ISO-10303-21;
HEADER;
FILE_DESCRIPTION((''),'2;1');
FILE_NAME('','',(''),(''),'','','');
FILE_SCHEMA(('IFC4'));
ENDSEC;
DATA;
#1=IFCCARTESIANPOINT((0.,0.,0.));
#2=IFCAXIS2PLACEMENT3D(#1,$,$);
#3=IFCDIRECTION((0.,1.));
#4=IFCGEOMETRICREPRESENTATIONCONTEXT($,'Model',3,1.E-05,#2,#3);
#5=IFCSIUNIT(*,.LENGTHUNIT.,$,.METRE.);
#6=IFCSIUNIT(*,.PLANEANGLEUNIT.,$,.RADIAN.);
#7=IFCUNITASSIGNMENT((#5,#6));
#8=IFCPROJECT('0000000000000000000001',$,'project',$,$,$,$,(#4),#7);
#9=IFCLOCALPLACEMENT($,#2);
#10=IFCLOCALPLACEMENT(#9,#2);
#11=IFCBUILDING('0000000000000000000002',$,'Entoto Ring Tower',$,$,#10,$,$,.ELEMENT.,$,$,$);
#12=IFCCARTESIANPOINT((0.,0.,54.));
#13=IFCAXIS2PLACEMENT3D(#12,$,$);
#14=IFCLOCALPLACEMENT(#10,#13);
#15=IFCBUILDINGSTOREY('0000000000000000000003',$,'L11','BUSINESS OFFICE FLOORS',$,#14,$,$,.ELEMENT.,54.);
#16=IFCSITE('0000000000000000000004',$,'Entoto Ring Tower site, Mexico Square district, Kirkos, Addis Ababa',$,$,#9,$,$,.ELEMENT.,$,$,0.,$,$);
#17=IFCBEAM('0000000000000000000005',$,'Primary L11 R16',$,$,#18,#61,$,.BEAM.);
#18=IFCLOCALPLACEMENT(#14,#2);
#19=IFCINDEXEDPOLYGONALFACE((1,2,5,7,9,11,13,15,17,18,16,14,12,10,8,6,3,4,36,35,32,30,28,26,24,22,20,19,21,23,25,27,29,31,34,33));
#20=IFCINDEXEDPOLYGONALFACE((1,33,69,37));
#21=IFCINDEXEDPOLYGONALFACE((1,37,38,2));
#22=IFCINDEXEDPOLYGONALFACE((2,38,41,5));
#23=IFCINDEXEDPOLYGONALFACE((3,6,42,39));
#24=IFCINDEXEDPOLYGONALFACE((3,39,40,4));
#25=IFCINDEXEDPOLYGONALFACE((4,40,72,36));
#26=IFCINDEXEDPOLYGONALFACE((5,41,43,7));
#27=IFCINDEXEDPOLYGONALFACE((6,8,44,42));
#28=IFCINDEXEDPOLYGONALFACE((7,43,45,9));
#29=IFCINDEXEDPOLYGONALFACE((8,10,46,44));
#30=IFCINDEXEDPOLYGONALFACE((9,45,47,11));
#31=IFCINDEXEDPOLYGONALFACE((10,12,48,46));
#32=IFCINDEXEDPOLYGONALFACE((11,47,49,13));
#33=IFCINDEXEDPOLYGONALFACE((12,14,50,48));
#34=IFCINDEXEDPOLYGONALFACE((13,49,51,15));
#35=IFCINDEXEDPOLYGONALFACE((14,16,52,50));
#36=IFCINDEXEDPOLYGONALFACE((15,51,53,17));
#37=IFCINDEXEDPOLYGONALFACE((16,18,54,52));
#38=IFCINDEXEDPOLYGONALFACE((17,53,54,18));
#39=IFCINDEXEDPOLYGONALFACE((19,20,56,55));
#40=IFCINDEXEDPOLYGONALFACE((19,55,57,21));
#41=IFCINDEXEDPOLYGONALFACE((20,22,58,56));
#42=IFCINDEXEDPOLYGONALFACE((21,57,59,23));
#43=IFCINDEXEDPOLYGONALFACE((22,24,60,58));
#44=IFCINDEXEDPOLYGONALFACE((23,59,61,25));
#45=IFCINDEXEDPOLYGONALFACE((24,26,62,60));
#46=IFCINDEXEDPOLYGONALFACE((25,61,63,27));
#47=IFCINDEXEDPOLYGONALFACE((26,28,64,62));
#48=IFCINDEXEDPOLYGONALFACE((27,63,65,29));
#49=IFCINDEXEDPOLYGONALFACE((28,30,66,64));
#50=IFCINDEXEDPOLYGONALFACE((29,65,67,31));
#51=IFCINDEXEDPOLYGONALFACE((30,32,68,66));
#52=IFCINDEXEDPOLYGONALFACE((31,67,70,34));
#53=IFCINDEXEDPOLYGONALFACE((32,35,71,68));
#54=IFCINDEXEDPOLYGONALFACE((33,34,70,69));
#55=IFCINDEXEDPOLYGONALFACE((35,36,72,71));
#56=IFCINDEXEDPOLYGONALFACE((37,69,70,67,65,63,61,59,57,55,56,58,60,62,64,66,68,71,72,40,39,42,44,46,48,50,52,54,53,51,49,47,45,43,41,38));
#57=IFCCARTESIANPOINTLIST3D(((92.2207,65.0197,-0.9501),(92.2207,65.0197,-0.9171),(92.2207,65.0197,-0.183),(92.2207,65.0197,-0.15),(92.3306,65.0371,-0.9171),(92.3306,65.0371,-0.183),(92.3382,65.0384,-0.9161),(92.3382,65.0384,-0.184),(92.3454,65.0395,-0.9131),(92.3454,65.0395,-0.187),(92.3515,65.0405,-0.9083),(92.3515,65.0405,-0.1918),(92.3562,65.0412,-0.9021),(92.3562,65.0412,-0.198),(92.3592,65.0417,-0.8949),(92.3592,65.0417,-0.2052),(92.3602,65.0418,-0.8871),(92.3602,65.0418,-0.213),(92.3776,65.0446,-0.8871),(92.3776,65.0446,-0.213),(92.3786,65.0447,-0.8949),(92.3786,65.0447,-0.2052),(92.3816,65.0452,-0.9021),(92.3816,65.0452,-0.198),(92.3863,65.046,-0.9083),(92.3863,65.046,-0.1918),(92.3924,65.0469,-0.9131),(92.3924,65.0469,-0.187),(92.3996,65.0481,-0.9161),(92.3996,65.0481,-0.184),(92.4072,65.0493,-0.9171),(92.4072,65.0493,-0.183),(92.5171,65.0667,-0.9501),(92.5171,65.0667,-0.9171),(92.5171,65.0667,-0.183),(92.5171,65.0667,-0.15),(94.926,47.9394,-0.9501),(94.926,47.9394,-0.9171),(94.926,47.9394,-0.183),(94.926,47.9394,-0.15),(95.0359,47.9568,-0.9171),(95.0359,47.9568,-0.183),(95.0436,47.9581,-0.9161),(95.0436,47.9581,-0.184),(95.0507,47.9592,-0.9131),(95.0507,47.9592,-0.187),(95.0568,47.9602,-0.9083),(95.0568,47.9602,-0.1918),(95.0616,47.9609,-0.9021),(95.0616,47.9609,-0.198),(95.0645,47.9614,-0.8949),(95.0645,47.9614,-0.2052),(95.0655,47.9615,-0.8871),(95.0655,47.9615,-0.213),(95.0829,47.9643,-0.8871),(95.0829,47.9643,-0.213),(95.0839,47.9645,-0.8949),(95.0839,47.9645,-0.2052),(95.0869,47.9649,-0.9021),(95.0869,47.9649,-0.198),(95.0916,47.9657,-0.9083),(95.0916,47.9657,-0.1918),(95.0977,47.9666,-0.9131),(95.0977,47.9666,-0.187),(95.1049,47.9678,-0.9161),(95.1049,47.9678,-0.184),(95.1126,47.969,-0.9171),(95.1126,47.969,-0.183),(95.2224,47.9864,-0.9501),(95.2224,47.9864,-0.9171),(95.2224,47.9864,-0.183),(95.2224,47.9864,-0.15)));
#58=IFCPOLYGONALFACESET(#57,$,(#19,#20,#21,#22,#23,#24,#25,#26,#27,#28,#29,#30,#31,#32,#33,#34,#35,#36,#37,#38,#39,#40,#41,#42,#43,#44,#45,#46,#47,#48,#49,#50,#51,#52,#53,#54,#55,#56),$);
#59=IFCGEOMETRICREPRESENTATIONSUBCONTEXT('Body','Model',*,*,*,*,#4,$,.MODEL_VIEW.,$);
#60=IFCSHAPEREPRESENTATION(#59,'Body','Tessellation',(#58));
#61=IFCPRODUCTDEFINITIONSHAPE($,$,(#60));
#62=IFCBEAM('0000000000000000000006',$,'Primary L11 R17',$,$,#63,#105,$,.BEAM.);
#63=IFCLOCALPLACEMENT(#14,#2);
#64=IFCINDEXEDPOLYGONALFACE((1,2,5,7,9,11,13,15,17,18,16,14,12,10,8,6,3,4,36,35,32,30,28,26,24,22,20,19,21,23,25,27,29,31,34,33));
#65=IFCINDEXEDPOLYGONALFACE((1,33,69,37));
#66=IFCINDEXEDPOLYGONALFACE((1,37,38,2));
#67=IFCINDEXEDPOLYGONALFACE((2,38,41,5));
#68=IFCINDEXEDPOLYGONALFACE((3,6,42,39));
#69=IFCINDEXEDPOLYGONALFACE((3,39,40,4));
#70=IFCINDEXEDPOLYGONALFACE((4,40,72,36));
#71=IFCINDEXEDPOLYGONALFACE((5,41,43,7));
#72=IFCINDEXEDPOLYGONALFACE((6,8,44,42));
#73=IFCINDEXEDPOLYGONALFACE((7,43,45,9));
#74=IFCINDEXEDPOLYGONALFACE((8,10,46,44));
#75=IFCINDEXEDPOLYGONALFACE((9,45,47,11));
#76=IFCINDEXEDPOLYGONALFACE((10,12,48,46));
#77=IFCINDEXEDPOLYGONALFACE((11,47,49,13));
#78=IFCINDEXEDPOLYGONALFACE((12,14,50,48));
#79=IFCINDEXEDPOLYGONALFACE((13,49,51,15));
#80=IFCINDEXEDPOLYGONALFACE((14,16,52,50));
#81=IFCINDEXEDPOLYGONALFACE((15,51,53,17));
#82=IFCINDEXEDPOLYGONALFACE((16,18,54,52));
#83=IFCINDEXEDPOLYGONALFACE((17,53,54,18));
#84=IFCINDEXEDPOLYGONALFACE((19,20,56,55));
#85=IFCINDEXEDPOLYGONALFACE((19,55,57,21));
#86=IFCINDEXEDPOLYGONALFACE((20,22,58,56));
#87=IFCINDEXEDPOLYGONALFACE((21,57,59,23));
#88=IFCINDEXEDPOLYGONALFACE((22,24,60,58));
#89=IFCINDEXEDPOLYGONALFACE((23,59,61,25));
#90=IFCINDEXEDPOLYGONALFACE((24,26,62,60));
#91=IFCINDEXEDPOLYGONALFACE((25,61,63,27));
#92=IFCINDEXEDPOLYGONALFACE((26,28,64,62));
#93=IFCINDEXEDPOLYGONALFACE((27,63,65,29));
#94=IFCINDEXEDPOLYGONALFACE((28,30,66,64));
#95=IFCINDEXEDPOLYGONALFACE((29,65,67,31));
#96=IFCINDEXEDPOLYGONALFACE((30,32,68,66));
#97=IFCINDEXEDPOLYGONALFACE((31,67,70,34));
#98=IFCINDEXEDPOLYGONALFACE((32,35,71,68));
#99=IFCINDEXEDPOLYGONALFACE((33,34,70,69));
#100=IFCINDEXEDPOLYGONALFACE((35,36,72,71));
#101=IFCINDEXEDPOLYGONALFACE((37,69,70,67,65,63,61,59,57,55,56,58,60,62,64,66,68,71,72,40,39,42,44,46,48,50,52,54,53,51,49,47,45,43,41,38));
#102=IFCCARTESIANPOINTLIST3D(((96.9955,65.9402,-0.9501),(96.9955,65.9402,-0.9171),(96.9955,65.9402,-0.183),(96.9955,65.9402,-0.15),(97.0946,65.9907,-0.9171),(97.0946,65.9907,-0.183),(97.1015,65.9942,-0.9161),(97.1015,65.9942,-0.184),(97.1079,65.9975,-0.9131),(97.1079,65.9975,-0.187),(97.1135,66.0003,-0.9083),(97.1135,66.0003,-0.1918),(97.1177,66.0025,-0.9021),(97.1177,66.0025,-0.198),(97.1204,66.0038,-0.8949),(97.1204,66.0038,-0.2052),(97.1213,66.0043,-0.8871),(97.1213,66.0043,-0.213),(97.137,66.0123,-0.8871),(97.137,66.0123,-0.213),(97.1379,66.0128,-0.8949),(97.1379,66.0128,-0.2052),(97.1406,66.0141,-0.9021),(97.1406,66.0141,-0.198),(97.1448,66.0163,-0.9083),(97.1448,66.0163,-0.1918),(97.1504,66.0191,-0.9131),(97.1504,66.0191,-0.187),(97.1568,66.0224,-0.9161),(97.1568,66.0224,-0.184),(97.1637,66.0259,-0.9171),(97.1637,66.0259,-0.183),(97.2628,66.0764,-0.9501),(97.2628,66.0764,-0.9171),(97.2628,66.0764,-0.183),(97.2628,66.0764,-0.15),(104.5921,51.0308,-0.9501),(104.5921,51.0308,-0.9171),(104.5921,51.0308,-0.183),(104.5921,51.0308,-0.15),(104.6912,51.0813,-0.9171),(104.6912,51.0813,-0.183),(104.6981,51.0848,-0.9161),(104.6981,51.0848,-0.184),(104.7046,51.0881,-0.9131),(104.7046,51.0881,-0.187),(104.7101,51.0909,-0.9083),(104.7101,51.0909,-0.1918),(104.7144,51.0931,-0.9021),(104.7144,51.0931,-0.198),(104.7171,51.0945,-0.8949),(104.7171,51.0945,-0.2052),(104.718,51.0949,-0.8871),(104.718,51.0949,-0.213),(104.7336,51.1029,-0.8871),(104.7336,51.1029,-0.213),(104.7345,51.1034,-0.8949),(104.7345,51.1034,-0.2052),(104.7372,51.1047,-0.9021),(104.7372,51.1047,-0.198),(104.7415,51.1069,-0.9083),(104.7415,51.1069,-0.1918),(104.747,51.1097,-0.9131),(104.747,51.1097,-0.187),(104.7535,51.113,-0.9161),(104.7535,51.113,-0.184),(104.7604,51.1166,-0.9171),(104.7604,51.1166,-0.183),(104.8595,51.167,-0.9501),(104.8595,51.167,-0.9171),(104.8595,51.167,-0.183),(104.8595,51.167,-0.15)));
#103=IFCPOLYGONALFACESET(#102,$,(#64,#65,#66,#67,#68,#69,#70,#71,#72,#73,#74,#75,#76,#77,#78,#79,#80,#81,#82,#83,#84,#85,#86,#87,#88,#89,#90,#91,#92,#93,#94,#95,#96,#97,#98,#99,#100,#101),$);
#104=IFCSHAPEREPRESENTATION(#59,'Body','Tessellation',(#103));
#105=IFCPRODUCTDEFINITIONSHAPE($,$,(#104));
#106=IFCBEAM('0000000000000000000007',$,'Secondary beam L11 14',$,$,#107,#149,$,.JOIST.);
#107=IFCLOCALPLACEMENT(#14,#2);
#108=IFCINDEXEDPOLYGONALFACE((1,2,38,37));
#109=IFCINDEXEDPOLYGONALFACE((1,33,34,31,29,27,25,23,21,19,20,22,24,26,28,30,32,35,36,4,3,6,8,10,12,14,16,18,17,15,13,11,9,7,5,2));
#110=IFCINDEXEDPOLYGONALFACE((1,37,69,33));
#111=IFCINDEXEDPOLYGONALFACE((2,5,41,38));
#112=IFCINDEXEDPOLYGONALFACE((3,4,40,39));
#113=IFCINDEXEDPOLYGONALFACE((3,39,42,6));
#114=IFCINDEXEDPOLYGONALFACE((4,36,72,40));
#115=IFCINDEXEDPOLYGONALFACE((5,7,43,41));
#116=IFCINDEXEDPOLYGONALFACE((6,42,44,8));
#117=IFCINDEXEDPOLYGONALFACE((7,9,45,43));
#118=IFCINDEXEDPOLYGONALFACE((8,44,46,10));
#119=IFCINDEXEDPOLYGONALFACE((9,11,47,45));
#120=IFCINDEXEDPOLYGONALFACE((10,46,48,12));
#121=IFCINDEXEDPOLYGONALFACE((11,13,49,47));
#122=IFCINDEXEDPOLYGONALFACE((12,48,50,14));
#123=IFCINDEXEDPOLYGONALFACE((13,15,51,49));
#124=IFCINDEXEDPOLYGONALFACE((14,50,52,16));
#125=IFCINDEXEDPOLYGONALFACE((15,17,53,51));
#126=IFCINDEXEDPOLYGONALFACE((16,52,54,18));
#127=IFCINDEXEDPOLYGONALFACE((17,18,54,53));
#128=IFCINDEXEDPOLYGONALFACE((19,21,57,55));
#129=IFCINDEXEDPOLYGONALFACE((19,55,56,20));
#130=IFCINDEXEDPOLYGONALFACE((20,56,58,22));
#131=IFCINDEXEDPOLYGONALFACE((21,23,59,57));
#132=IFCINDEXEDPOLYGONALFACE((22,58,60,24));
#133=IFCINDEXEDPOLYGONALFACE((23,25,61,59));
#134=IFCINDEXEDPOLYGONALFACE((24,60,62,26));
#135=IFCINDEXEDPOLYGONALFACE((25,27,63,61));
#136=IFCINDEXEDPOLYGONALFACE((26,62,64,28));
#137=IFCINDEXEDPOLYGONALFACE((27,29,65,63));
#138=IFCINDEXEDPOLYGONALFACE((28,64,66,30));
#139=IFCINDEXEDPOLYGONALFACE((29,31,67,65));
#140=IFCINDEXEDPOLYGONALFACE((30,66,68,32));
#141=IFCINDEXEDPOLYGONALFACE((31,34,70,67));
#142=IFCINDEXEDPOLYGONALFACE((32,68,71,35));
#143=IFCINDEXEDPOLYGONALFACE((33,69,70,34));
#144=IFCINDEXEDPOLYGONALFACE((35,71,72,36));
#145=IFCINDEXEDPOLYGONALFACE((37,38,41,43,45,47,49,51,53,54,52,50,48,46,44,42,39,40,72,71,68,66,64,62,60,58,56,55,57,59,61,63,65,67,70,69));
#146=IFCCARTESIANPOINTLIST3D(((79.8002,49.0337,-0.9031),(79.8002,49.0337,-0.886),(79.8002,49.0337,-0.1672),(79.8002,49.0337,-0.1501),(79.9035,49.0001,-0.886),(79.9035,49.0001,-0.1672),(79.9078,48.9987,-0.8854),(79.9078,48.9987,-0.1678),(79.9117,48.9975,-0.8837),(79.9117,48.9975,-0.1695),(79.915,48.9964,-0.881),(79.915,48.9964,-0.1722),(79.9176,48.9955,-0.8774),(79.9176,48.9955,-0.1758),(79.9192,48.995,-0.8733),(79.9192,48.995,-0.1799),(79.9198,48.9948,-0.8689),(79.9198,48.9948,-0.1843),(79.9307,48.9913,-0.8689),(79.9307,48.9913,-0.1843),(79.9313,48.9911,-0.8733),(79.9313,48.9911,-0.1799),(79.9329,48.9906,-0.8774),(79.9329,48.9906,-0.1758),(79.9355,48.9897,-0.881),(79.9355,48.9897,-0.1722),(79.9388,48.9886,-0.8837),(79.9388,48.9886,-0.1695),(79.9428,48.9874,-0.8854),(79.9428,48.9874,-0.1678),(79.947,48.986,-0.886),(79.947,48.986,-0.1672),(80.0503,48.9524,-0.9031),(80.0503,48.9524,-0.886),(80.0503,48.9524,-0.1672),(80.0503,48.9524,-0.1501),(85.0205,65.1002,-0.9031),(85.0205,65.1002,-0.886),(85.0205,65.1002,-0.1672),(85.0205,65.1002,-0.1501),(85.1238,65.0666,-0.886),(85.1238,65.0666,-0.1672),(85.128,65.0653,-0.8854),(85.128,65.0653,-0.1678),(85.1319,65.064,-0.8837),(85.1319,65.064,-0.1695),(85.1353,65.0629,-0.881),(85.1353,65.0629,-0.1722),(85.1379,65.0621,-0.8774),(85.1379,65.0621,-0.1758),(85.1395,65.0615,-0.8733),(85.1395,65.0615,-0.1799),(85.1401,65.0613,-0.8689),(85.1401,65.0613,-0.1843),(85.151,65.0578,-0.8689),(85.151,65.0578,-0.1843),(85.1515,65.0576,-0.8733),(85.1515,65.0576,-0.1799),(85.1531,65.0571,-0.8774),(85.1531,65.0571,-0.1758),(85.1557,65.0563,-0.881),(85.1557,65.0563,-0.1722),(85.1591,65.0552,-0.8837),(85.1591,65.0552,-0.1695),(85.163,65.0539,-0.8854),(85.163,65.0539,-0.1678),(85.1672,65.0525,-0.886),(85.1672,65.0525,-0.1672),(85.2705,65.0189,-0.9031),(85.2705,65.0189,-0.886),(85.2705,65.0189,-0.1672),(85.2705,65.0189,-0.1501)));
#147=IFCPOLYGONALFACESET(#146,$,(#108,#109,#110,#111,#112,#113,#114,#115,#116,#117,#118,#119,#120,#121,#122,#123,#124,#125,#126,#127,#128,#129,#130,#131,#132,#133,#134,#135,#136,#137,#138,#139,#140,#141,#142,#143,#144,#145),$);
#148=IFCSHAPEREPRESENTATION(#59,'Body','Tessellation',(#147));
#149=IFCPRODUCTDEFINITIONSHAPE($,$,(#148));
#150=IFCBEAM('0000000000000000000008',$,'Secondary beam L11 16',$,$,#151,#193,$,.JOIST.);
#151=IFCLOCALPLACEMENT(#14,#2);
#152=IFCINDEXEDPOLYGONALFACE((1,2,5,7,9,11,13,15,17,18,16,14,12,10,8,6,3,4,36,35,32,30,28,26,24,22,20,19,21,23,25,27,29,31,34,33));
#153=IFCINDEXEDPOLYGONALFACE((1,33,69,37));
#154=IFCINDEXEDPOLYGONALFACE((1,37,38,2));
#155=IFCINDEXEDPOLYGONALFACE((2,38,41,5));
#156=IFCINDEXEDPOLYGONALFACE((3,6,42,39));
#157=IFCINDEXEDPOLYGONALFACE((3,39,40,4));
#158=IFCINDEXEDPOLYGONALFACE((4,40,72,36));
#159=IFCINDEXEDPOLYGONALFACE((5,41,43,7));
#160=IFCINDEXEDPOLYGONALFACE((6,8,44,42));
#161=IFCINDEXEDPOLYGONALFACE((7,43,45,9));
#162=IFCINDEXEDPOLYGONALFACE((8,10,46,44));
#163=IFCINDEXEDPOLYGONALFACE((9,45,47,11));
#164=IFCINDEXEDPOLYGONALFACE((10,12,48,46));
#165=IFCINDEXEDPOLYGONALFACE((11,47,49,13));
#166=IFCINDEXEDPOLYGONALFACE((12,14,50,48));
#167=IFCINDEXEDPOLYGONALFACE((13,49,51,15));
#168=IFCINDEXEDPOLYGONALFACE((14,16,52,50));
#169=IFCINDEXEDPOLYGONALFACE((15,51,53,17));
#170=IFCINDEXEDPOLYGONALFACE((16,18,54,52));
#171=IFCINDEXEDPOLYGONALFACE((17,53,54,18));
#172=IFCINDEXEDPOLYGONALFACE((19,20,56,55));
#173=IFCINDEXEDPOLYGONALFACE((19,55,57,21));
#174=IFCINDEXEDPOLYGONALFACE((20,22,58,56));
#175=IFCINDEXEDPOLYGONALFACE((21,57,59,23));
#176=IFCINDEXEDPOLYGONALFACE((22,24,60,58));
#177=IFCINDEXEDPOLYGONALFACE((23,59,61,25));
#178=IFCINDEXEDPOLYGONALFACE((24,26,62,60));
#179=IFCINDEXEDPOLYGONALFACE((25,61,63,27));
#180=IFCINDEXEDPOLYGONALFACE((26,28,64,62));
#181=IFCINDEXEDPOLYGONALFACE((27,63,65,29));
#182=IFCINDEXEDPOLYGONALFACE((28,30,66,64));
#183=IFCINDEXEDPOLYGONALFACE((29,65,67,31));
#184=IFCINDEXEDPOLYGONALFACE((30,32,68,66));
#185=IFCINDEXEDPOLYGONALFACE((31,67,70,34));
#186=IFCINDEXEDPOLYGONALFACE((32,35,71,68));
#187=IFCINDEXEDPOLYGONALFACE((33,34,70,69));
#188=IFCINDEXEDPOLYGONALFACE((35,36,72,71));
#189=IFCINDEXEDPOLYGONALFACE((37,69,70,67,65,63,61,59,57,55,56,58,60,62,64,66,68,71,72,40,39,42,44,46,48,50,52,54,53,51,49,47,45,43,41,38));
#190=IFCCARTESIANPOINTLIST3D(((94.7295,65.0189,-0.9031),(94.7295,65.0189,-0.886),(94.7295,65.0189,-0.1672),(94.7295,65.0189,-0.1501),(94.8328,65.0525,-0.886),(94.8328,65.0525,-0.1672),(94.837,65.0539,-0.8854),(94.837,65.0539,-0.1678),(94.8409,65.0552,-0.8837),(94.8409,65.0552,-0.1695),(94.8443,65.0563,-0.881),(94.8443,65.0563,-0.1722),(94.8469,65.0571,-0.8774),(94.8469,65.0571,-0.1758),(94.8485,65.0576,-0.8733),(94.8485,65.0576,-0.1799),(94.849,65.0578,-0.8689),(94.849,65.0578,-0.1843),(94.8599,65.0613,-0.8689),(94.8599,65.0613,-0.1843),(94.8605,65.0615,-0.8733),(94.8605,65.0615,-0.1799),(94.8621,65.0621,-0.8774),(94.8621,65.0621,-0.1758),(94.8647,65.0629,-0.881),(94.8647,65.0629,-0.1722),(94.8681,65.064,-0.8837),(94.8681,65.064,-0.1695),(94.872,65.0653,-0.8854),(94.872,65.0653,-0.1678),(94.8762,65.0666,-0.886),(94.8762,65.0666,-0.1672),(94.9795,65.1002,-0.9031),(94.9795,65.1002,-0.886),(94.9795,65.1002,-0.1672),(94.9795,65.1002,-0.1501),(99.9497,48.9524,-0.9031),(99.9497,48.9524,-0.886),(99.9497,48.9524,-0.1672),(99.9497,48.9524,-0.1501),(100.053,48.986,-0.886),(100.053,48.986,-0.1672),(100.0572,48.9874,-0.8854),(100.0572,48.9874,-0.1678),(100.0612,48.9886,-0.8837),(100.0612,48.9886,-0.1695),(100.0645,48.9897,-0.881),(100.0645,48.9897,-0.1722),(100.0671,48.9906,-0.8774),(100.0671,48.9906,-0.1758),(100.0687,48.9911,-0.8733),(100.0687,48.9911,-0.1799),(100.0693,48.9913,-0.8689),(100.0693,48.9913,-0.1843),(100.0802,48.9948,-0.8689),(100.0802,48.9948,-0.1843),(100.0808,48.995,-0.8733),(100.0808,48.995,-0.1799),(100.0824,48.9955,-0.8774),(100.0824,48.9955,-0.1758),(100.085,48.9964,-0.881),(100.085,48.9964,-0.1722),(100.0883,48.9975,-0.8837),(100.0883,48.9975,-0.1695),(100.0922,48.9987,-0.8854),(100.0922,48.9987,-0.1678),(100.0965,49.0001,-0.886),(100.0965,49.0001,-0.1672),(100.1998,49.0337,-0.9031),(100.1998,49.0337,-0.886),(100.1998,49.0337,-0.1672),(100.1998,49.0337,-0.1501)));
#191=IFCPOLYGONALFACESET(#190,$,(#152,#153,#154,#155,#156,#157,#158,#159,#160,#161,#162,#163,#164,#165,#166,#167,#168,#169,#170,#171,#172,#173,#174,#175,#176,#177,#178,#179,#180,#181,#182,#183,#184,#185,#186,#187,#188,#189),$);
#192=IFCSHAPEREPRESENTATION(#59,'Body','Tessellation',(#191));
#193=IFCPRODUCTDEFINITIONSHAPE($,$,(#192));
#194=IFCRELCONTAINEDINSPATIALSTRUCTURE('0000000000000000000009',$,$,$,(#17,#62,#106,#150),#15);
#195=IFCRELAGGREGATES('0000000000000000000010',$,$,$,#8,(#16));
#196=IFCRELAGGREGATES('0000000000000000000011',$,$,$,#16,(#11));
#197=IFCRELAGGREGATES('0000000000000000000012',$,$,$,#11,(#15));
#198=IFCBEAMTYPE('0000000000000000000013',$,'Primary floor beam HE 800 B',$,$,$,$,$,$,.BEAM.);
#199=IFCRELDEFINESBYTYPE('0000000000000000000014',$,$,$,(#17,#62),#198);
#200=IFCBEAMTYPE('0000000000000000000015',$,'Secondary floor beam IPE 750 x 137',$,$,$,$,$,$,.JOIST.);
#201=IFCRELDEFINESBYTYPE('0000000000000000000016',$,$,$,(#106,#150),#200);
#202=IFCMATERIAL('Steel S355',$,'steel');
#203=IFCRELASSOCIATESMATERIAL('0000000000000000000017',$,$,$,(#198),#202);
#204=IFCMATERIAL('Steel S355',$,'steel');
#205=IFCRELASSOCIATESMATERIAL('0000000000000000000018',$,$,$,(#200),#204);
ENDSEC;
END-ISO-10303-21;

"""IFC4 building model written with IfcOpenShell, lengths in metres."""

from ifc_helpers import new_model, si_unit, direction, frame, origin, origin_2d, place, context, subcontext, project, spatial, i_section, extrude, material, material_profile, profile_set, type_object, element, save


model = new_model("IFC4")

# Units and contexts
model_context = context("Model", 3, precision=1e-05, world=origin(), true_north=direction((0.0, 1.0)))
body_context = subcontext(model_context, "Body", "Model", "MODEL_VIEW")
ifc_project = project(units=[si_unit("LENGTHUNIT", "METRE"), si_unit("PLANEANGLEUNIT", "RADIAN")], contexts=[model_context])

# Site, building, storey
site_placement = place(None, origin())
site = spatial("IfcSite", under=ifc_project, at=site_placement, Name="Entoto Ring Tower site, Mexico Square district, Kirkos, Addis Ababa", CompositionType="ELEMENT", RefElevation=0.0)
building_placement = place(site_placement, origin())
building = spatial("IfcBuilding", under=site, at=building_placement, Name="Entoto Ring Tower", CompositionType="ELEMENT")
storey_placement = place(building_placement, frame((0.0, 0.0, 54.0)))
storey = spatial("IfcBuildingStorey", under=building, at=storey_placement, Name="L11", Description="BUSINESS OFFICE FLOORS", CompositionType="ELEMENT", Elevation=54.0)

# Beams
ifc_material_1 = material(Name="Steel S355", Category="steel")
ifc_material_profile_1 = material_profile(ifc_material_1, i_section(OverallWidth=0.3, OverallDepth=0.8, WebThickness=0.0176, FlangeThickness=0.033, FilletRadius=0.03, at=origin_2d()), Name="HE 800 B")
ifc_profile_set_1 = profile_set([ifc_material_profile_1], Name="Steel S355")
beam_type_1 = type_object("IfcBeamType", Name="Primary floor beam HE 800 B", PredefinedType="BEAM", material=ifc_profile_set_1)
beam_1_placement = place(storey_placement, frame((92.3689, 65.0432, -0.55), z_axis=(0.156438, -0.987688, 0.0), x_axis=(0.987688, 0.156438, 0.0)))
element("IfcBeam", 1, at=beam_1_placement, inside=storey, type_object=beam_type_1, Name="Primary L11 R16", PredefinedType="BEAM", context=body_context, shape_type="SweptSolid", body=[
    extrude(i_section(OverallWidth=0.3, OverallDepth=0.8, WebThickness=0.0176, FlangeThickness=0.033, FilletRadius=0.03, at=origin_2d()), origin(), (0.0, 0.0, 1.0), 17.2932),
])
beam_2_placement = place(storey_placement, frame((97.1292, 66.0083, -0.55), z_axis=(0.453988, -0.891008, 0.0), x_axis=(0.891008, 0.453988, 0.0)))
element("IfcBeam", 2, at=beam_2_placement, inside=storey, type_object=beam_type_1, Name="Primary L11 R17", PredefinedType="BEAM", context=body_context, shape_type="SweptSolid", body=[
    extrude(i_section(OverallWidth=0.3, OverallDepth=0.8, WebThickness=0.0176, FlangeThickness=0.033, FilletRadius=0.03, at=origin_2d()), origin(), (0.0, 0.0, 1.0), 16.7332),
])
ifc_material_2 = material(Name="Steel S355", Category="steel")
ifc_material_profile_2 = material_profile(ifc_material_2, i_section(OverallWidth=0.2629, OverallDepth=0.7529, WebThickness=0.0115, FlangeThickness=0.0171, FilletRadius=0.0171, at=origin_2d()), Name="IPE 750 x 137")
ifc_profile_set_2 = profile_set([ifc_material_profile_2], Name="Steel S355")
beam_type_2 = type_object("IfcBeamType", Name="Secondary floor beam IPE 750 x 137", PredefinedType="JOIST", material=ifc_profile_set_2)
for number, where, z_axis, x_axis, name in (
    (3, (85.1455, 65.0596, -0.5266), (-0.309013, -0.951058, 0.0), (0.951058, -0.309013, 0.0), "Secondary beam L11 14"),
    (4, (94.8545, 65.0596, -0.5266), (0.309013, -0.951058, 0.0), (0.951058, 0.309013, 0.0), "Secondary beam L11 16"),
):
    element("IfcBeam", number, at=place(storey_placement, frame(where, z_axis=z_axis, x_axis=x_axis)), inside=storey, type_object=beam_type_2, Name=name, PredefinedType="JOIST", context=body_context, shape_type="SweptSolid", body=[
        extrude(i_section(OverallWidth=0.2629, OverallDepth=0.7529, WebThickness=0.0115, FlangeThickness=0.0171, FilletRadius=0.0171, at=origin_2d()), origin(), (0.0, 0.0, 1.0), 16.8933),
    ])

save(model, "model.ifc")
